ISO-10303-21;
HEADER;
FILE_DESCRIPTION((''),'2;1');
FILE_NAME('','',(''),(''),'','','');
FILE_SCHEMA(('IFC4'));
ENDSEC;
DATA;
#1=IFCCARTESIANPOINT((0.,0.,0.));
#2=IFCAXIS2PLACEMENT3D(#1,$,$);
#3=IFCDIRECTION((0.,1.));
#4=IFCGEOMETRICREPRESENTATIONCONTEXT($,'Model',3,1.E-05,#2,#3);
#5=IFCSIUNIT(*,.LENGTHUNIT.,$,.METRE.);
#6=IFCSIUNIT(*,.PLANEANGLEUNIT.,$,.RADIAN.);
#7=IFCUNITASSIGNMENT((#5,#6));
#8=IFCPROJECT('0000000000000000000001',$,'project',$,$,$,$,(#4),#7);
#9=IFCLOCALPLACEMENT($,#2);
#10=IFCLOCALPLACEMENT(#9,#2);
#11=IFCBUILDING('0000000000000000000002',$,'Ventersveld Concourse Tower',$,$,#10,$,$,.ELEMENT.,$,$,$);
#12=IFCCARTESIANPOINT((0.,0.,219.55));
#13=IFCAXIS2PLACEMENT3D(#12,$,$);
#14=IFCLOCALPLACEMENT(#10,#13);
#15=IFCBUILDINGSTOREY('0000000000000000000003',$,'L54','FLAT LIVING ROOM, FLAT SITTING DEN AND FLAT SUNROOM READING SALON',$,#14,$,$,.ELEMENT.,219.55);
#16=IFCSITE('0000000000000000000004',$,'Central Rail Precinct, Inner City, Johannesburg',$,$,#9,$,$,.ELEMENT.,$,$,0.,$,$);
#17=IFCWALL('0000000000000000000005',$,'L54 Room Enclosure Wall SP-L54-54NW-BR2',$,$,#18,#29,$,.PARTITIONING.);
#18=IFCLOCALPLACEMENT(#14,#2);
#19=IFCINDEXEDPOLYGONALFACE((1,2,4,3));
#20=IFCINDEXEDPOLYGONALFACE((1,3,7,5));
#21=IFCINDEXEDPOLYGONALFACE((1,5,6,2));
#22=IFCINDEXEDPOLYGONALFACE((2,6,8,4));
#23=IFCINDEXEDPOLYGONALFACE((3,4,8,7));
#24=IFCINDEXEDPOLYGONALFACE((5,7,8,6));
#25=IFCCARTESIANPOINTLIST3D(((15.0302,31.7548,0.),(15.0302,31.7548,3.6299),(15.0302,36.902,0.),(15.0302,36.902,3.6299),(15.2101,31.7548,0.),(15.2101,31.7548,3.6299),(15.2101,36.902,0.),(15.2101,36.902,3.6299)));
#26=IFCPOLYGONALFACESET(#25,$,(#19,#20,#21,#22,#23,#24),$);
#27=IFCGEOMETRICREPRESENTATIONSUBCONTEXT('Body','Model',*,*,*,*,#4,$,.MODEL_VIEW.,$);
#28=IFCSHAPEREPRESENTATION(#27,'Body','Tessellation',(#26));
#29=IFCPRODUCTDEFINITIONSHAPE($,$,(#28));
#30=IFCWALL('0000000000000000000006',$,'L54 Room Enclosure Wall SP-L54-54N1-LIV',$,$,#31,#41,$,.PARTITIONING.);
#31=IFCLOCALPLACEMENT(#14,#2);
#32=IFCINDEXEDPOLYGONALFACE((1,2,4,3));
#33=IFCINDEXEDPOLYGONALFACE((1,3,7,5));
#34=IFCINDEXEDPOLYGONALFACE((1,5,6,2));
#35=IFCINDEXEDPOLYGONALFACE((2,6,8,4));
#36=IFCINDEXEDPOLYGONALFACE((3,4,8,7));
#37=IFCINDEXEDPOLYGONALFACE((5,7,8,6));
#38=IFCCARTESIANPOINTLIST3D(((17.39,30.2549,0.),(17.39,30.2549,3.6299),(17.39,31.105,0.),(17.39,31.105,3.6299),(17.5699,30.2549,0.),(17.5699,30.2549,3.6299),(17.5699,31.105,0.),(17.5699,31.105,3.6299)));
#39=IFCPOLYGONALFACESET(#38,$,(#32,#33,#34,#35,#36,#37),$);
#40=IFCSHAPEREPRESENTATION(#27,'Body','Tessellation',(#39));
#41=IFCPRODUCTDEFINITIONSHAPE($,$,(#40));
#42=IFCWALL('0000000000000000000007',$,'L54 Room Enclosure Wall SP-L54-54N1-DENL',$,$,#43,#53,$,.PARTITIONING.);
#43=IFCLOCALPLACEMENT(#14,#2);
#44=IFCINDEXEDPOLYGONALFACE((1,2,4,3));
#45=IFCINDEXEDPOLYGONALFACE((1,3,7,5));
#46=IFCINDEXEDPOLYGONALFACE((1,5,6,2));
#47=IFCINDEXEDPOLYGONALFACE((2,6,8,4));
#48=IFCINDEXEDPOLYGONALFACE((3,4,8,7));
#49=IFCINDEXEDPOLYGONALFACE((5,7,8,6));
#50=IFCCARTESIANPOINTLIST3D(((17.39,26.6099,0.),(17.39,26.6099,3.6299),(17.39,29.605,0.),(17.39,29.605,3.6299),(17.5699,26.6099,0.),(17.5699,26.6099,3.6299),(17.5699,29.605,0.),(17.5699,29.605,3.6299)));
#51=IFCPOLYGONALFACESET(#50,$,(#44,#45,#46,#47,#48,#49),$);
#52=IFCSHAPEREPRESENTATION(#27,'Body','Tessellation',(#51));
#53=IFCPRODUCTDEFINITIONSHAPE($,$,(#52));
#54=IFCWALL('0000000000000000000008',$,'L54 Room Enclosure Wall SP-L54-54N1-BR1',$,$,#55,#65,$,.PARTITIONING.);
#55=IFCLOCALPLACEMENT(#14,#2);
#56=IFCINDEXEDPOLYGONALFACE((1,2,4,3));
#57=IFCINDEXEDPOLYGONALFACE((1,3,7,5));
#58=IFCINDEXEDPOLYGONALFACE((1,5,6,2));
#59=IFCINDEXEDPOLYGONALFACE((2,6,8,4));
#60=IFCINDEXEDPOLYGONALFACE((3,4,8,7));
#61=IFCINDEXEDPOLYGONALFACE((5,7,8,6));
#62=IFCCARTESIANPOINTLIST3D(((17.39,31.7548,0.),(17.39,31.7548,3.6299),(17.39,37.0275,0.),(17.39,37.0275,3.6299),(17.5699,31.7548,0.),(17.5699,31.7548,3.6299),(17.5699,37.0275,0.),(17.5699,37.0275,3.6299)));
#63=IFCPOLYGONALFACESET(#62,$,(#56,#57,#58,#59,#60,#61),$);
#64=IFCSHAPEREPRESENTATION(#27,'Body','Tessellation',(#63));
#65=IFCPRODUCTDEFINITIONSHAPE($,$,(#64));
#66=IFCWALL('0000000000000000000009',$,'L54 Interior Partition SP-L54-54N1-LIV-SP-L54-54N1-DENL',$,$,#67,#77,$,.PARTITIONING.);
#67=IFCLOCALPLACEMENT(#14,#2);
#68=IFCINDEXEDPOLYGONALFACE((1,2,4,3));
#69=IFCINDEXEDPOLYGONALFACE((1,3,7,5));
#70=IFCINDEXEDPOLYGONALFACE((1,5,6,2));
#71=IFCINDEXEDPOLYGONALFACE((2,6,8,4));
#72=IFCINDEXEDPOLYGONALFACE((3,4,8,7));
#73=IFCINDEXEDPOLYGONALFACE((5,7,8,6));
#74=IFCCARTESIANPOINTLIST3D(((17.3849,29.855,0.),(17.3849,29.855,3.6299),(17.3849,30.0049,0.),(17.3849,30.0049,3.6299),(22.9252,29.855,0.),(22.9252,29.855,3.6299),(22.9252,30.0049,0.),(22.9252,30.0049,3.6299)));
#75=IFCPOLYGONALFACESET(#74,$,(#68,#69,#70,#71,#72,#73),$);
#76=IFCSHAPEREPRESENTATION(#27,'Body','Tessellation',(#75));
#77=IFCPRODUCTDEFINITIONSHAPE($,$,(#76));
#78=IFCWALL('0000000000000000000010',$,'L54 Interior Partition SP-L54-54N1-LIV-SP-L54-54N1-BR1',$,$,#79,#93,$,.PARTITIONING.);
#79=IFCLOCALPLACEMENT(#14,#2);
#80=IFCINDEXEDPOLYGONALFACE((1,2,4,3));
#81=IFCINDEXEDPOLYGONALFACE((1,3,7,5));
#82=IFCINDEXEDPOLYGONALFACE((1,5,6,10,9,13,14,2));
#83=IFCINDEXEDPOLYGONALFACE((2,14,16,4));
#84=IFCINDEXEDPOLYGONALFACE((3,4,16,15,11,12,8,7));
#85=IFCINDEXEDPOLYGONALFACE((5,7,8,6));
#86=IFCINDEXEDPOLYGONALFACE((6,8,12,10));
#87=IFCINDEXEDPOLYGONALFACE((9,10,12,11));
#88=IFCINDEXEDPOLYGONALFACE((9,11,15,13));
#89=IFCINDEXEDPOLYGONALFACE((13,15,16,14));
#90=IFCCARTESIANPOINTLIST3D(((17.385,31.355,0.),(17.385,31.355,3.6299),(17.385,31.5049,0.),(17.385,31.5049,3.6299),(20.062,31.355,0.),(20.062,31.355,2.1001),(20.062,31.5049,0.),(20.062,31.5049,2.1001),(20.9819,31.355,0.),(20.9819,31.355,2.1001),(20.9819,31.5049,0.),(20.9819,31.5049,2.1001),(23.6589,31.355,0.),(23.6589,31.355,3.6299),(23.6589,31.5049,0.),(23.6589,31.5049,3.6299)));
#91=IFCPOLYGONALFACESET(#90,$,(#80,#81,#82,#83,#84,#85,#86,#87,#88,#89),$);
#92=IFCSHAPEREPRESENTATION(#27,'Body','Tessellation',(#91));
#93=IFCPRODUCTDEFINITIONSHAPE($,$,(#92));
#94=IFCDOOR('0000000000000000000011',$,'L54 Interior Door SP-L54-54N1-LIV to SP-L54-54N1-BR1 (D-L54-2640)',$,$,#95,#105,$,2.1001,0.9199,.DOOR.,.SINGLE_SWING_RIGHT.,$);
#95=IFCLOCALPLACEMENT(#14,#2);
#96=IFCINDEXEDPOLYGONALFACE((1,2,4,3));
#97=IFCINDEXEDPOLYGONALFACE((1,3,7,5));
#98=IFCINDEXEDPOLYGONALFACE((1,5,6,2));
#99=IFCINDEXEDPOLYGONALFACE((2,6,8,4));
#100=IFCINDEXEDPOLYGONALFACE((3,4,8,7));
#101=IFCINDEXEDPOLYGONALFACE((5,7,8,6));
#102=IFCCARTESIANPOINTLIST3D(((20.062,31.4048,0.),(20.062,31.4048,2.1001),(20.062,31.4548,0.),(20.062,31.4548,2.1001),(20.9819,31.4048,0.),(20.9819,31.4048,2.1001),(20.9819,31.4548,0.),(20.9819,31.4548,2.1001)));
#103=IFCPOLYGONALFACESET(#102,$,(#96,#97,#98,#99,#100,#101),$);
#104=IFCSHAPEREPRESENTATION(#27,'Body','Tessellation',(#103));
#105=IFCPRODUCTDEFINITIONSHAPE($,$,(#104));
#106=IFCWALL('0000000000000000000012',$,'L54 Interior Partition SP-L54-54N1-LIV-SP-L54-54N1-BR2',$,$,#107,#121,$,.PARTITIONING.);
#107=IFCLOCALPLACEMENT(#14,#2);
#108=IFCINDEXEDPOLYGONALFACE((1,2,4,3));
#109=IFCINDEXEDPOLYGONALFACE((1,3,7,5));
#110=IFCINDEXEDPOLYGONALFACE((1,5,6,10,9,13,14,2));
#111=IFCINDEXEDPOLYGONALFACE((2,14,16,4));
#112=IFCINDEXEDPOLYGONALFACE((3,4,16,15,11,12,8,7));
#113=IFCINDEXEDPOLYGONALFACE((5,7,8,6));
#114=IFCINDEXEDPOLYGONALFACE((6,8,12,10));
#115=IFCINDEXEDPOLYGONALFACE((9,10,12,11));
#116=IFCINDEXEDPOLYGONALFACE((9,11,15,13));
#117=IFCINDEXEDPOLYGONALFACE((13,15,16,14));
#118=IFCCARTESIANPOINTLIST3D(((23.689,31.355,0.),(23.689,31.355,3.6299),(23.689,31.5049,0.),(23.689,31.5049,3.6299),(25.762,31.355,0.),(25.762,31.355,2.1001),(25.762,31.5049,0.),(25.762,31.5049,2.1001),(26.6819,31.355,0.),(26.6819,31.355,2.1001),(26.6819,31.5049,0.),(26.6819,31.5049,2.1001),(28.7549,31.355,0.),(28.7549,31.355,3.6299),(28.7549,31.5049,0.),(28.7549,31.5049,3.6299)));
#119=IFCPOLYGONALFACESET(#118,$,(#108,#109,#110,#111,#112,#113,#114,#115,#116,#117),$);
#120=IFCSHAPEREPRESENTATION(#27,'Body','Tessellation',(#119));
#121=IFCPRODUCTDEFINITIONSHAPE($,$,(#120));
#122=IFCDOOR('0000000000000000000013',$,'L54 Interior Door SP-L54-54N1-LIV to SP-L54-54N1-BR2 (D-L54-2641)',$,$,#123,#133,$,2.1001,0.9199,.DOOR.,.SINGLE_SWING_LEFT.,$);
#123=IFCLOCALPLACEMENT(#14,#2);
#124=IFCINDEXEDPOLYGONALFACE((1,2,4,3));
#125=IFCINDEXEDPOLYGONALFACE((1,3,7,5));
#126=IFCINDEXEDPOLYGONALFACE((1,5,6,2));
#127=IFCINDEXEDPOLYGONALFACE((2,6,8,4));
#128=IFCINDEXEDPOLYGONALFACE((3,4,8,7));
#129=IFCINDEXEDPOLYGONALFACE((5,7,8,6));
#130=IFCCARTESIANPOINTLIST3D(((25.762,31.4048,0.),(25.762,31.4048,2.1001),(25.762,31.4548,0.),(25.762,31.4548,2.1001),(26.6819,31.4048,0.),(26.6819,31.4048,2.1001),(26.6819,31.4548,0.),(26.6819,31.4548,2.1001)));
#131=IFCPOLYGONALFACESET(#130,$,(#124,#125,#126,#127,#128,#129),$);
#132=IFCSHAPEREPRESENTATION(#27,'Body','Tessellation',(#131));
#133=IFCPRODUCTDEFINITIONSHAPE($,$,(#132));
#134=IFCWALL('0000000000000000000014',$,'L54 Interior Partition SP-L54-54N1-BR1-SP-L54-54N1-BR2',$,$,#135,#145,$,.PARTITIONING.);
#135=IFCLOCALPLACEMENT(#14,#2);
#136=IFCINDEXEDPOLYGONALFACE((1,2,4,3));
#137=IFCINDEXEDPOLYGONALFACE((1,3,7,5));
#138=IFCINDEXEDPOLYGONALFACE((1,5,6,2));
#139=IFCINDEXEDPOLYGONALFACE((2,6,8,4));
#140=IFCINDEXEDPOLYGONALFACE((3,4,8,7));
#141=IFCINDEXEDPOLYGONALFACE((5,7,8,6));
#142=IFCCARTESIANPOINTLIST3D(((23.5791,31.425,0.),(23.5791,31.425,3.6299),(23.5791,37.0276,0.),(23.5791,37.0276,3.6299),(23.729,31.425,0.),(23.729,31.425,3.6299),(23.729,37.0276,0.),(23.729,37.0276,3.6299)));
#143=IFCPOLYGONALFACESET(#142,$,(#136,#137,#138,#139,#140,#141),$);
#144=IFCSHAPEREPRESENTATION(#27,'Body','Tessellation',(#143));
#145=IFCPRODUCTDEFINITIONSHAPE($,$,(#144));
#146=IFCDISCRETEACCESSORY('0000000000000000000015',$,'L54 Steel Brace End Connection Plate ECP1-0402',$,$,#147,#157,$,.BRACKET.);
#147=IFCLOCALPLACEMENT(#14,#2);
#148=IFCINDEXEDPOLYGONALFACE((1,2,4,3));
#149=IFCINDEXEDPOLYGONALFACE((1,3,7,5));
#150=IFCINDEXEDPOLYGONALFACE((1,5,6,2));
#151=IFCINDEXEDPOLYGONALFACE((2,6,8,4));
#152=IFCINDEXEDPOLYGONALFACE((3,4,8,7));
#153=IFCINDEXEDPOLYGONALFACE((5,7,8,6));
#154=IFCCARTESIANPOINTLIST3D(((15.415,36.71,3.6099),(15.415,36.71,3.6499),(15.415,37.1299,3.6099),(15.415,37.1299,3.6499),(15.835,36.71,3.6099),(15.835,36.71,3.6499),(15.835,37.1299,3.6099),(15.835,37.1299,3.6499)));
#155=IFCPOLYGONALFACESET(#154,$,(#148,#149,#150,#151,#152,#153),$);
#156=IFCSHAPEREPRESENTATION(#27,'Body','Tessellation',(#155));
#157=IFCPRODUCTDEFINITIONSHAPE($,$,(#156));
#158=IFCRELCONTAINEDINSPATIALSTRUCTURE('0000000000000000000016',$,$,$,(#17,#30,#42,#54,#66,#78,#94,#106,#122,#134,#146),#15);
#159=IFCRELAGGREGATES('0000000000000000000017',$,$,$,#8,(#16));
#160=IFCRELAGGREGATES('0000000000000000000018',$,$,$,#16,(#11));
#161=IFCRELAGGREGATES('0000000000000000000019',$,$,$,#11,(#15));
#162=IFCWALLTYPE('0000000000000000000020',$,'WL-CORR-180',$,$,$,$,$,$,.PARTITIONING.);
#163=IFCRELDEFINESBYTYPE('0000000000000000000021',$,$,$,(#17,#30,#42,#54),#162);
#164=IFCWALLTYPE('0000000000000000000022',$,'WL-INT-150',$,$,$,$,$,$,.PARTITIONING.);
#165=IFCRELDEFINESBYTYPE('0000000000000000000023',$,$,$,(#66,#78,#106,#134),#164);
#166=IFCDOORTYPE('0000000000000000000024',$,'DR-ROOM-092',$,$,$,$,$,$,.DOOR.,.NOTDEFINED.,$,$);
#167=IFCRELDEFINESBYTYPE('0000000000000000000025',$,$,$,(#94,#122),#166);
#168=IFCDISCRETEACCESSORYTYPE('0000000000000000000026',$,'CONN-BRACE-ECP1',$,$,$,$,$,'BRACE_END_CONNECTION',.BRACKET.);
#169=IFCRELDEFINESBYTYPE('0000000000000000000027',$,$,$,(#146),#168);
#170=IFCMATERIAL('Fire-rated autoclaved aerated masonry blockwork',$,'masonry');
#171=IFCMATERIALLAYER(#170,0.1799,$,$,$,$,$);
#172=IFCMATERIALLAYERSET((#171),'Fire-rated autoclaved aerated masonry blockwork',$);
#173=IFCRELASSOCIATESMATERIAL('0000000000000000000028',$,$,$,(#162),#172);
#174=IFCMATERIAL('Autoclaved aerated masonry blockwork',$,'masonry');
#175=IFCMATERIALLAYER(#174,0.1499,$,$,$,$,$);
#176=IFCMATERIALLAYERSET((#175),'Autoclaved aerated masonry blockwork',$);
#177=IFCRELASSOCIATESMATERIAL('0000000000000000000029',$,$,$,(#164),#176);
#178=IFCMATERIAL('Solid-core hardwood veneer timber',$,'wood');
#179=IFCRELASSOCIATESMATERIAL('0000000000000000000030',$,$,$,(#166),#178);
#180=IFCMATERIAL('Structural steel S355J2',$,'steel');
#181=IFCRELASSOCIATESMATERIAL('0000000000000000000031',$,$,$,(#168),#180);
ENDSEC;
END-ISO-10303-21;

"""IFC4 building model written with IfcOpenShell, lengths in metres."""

from ifc_helpers import new_model, si_unit, direction, frame, frame_2d, origin, origin_2d, place, context, subcontext, project, spatial, rectangle, extrude, material, layer, layer_set, type_object, element, fill, save


model = new_model("IFC4")

# Units and contexts
model_context = context("Model", 3, precision=1e-05, world=origin(), true_north=direction((0.0, 1.0)))
body_context = subcontext(model_context, "Body", "Model", "MODEL_VIEW")
ifc_project = project(units=[si_unit("LENGTHUNIT", "METRE"), si_unit("PLANEANGLEUNIT", "RADIAN")], contexts=[model_context])

# Site, building, storey
site_placement = place(None, origin())
site = spatial("IfcSite", under=ifc_project, at=site_placement, Name="Central Rail Precinct, Inner City, Johannesburg", CompositionType="ELEMENT", RefElevation=0.0)
building_placement = place(site_placement, origin())
building = spatial("IfcBuilding", under=site, at=building_placement, Name="Ventersveld Concourse Tower", CompositionType="ELEMENT")
storey_placement = place(building_placement, frame((0.0, 0.0, 219.55)))
storey = spatial("IfcBuildingStorey", under=building, at=storey_placement, Name="L54", Description="FLAT LIVING ROOM, FLAT SITTING DEN AND FLAT SUNROOM READING SALON", CompositionType="ELEMENT", Elevation=219.55)

# Shared definitions
ifc_material_1 = material(Name="Structural steel S355J2", Category="steel")

# Walls
ifc_material_2 = material(Name="Fire-rated autoclaved aerated masonry blockwork", Category="masonry")
ifc_layer_1 = layer(ifc_material_2, 0.1799)
ifc_layer_set_1 = layer_set([ifc_layer_1], Name="Fire-rated autoclaved aerated masonry blockwork")
wall_type_1 = type_object("IfcWallType", Name="WL-CORR-180", PredefinedType="PARTITIONING", material=ifc_layer_set_1)
wall_1_placement = place(storey_placement, frame((15.1201, 36.9021, 0.0), z_axis=(0.0, 0.0, 1.0), x_axis=(0.0, -1.0, 0.0)))
element("IfcWall", 1, at=wall_1_placement, inside=storey, type_object=wall_type_1, Name="L54 Room Enclosure Wall SP-L54-54NW-BR2", PredefinedType="PARTITIONING", context=body_context, shape_type="SweptSolid", body=[
    extrude(rectangle(XDim=5.1472, YDim=0.1799, at=frame_2d((2.5737, 0.0))), origin(), (0.0, 0.0, 1.0), 3.6299),
])
wall_2_placement = place(storey_placement, frame((17.48, 30.2549, 0.0), z_axis=(0.0, 0.0, 1.0), x_axis=(0.0, 1.0, 0.0)))
element("IfcWall", 2, at=wall_2_placement, inside=storey, type_object=wall_type_1, Name="L54 Room Enclosure Wall SP-L54-54N1-LIV", PredefinedType="PARTITIONING", context=body_context, shape_type="SweptSolid", body=[
    extrude(rectangle(XDim=0.8501, YDim=0.1799, at=frame_2d((0.425, 0.0))), origin(), (0.0, 0.0, 1.0), 3.6299),
])
wall_3_placement = place(storey_placement, frame((17.48, 26.6099, 0.0), z_axis=(0.0, 0.0, 1.0), x_axis=(0.0, 1.0, 0.0)))
element("IfcWall", 3, at=wall_3_placement, inside=storey, type_object=wall_type_1, Name="L54 Room Enclosure Wall SP-L54-54N1-DENL", PredefinedType="PARTITIONING", context=body_context, shape_type="SweptSolid", body=[
    extrude(rectangle(XDim=2.9951, YDim=0.1799, at=frame_2d((1.4976, 0.0))), origin(), (0.0, 0.0, 1.0), 3.6299),
])
wall_4_placement = place(storey_placement, frame((17.48, 31.7549, 0.0), z_axis=(0.0, 0.0, 1.0), x_axis=(0.0, 1.0, 0.0)))
element("IfcWall", 4, at=wall_4_placement, inside=storey, type_object=wall_type_1, Name="L54 Room Enclosure Wall SP-L54-54N1-BR1", PredefinedType="PARTITIONING", context=body_context, shape_type="SweptSolid", body=[
    extrude(rectangle(XDim=5.2727, YDim=0.1799, at=frame_2d((2.6362, 0.0))), origin(), (0.0, 0.0, 1.0), 3.6299),
])
ifc_material_3 = material(Name="Autoclaved aerated masonry blockwork", Category="masonry")
ifc_layer_2 = layer(ifc_material_3, 0.1499)
ifc_layer_set_2 = layer_set([ifc_layer_2], Name="Autoclaved aerated masonry blockwork")
wall_type_2 = type_object("IfcWallType", Name="WL-INT-150", PredefinedType="PARTITIONING", material=ifc_layer_set_2)
wall_5_placement = place(storey_placement, frame((17.385, 29.9299, 0.0), z_axis=(0.0, 0.0, 1.0), x_axis=(1.0, 0.0, 0.0)))
element("IfcWall", 5, at=wall_5_placement, inside=storey, type_object=wall_type_2, Name="L54 Interior Partition SP-L54-54N1-LIV-SP-L54-54N1-DENL", PredefinedType="PARTITIONING", context=body_context, shape_type="SweptSolid", body=[
    extrude(rectangle(XDim=5.5403, YDim=0.1499, at=frame_2d((2.77, 0.0))), origin(), (0.0, 0.0, 1.0), 3.6299),
])

# Walls, openings, doors
wall_6_placement = place(storey_placement, frame((17.385, 31.4299, 0.0), z_axis=(0.0, 0.0, 1.0), x_axis=(1.0, 0.0, 0.0)))
wall_6 = element("IfcWall", 6, at=wall_6_placement, inside=storey, type_object=wall_type_2, Name="L54 Interior Partition SP-L54-54N1-LIV-SP-L54-54N1-BR1", PredefinedType="PARTITIONING", context=body_context, shape_type="SweptSolid", body=[
    extrude(rectangle(XDim=6.2739, YDim=0.1499, at=frame_2d((3.137, 0.0))), origin(), (0.0, 0.0, 1.0), 3.6299),
])
opening_1_placement = place(wall_6_placement, frame((2.677, 0.0, 0.0)))
opening_1 = element("IfcOpeningElement", 7, at=opening_1_placement, cuts=wall_6, PredefinedType="OPENING", context=body_context, shape_type="SweptSolid", body=[
    extrude(rectangle(XDim=0.9199, YDim=2.1001, at=frame_2d((0.46, 1.05))), frame((0.0, 0.085, 0.0), z_axis=(0.0, -1.0, 0.0), x_axis=(1.0, 0.0, 0.0)), (0.0, 0.0, 1.0), 0.1699),
])
ifc_material_4 = material(Name="Solid-core hardwood veneer timber", Category="wood")
door_type = type_object("IfcDoorType", Name="DR-ROOM-092", OperationType="NOTDEFINED", PredefinedType="DOOR", material=ifc_material_4)
door_1_placement = place(opening_1_placement, origin())
door_1 = element("IfcDoor", 8, at=door_1_placement, inside=storey, type_object=door_type, Name="L54 Interior Door SP-L54-54N1-LIV to SP-L54-54N1-BR1 (D-L54-2640)", OperationType="SINGLE_SWING_RIGHT", OverallHeight=2.1001, OverallWidth=0.9199, PredefinedType="DOOR", context=body_context, shape_type="SweptSolid", body=[
    extrude(rectangle(XDim=0.9199, YDim=2.1001, at=frame_2d((0.46, 1.05))), frame((0.0, 0.0249, 0.0), z_axis=(0.0, -1.0, 0.0), x_axis=(1.0, 0.0, 0.0)), (0.0, 0.0, 1.0), 0.05),
])
fill(opening_1, door_1)
wall_7_placement = place(storey_placement, frame((23.689, 31.4299, 0.0), z_axis=(0.0, 0.0, 1.0), x_axis=(1.0, 0.0, 0.0)))
wall_7 = element("IfcWall", 9, at=wall_7_placement, inside=storey, type_object=wall_type_2, Name="L54 Interior Partition SP-L54-54N1-LIV-SP-L54-54N1-BR2", PredefinedType="PARTITIONING", context=body_context, shape_type="SweptSolid", body=[
    extrude(rectangle(XDim=5.0659, YDim=0.1499, at=frame_2d((2.533, 0.0))), origin(), (0.0, 0.0, 1.0), 3.6299),
])
opening_2_placement = place(wall_7_placement, frame((2.073, 0.0, 0.0)))
opening_2 = element("IfcOpeningElement", 10, at=opening_2_placement, cuts=wall_7, PredefinedType="OPENING", context=body_context, shape_type="SweptSolid", body=[
    extrude(rectangle(XDim=0.9199, YDim=2.1001, at=frame_2d((0.46, 1.05))), frame((0.0, 0.085, 0.0), z_axis=(0.0, -1.0, 0.0), x_axis=(1.0, 0.0, 0.0)), (0.0, 0.0, 1.0), 0.1699),
])
door_2_placement = place(opening_2_placement, origin())
door_2 = element("IfcDoor", 11, at=door_2_placement, inside=storey, type_object=door_type, Name="L54 Interior Door SP-L54-54N1-LIV to SP-L54-54N1-BR2 (D-L54-2641)", OperationType="SINGLE_SWING_LEFT", OverallHeight=2.1001, OverallWidth=0.9199, PredefinedType="DOOR", context=body_context, shape_type="SweptSolid", body=[
    extrude(rectangle(XDim=0.9199, YDim=2.1001, at=frame_2d((0.46, 1.05))), frame((0.0, 0.0249, 0.0), z_axis=(0.0, -1.0, 0.0), x_axis=(1.0, 0.0, 0.0)), (0.0, 0.0, 1.0), 0.05),
])
fill(opening_2, door_2)

# Wall
wall_8_placement = place(storey_placement, frame((23.6541, 31.425, 0.0), z_axis=(0.0, 0.0, 1.0), x_axis=(0.0, 1.0, 0.0)))
element("IfcWall", 12, at=wall_8_placement, inside=storey, type_object=wall_type_2, Name="L54 Interior Partition SP-L54-54N1-BR1-SP-L54-54N1-BR2", PredefinedType="PARTITIONING", context=body_context, shape_type="SweptSolid", body=[
    extrude(rectangle(XDim=5.6025, YDim=0.1499, at=frame_2d((2.8013, 0.0))), origin(), (0.0, 0.0, 1.0), 3.6299),
])

# Discrete accessory
discrete_accessory_type = type_object("IfcDiscreteAccessoryType", Name="CONN-BRACE-ECP1", ElementType="BRACE_END_CONNECTION", PredefinedType="BRACKET", material=ifc_material_1)
discrete_accessory_placement = place(storey_placement, frame((15.625, 36.9199, 3.6099), z_axis=(0.0, 0.0, 1.0), x_axis=(1.0, 0.0, 0.0)))
element("IfcDiscreteAccessory", 13, at=discrete_accessory_placement, inside=storey, type_object=discrete_accessory_type, Name="L54 Steel Brace End Connection Plate ECP1-0402", PredefinedType="BRACKET", context=body_context, shape_type="SweptSolid", body=[
    extrude(rectangle(XDim=0.4199, YDim=0.4199, at=origin_2d()), origin(), (0.0, 0.0, 1.0), 0.04),
])

save(model, "model.ifc")
